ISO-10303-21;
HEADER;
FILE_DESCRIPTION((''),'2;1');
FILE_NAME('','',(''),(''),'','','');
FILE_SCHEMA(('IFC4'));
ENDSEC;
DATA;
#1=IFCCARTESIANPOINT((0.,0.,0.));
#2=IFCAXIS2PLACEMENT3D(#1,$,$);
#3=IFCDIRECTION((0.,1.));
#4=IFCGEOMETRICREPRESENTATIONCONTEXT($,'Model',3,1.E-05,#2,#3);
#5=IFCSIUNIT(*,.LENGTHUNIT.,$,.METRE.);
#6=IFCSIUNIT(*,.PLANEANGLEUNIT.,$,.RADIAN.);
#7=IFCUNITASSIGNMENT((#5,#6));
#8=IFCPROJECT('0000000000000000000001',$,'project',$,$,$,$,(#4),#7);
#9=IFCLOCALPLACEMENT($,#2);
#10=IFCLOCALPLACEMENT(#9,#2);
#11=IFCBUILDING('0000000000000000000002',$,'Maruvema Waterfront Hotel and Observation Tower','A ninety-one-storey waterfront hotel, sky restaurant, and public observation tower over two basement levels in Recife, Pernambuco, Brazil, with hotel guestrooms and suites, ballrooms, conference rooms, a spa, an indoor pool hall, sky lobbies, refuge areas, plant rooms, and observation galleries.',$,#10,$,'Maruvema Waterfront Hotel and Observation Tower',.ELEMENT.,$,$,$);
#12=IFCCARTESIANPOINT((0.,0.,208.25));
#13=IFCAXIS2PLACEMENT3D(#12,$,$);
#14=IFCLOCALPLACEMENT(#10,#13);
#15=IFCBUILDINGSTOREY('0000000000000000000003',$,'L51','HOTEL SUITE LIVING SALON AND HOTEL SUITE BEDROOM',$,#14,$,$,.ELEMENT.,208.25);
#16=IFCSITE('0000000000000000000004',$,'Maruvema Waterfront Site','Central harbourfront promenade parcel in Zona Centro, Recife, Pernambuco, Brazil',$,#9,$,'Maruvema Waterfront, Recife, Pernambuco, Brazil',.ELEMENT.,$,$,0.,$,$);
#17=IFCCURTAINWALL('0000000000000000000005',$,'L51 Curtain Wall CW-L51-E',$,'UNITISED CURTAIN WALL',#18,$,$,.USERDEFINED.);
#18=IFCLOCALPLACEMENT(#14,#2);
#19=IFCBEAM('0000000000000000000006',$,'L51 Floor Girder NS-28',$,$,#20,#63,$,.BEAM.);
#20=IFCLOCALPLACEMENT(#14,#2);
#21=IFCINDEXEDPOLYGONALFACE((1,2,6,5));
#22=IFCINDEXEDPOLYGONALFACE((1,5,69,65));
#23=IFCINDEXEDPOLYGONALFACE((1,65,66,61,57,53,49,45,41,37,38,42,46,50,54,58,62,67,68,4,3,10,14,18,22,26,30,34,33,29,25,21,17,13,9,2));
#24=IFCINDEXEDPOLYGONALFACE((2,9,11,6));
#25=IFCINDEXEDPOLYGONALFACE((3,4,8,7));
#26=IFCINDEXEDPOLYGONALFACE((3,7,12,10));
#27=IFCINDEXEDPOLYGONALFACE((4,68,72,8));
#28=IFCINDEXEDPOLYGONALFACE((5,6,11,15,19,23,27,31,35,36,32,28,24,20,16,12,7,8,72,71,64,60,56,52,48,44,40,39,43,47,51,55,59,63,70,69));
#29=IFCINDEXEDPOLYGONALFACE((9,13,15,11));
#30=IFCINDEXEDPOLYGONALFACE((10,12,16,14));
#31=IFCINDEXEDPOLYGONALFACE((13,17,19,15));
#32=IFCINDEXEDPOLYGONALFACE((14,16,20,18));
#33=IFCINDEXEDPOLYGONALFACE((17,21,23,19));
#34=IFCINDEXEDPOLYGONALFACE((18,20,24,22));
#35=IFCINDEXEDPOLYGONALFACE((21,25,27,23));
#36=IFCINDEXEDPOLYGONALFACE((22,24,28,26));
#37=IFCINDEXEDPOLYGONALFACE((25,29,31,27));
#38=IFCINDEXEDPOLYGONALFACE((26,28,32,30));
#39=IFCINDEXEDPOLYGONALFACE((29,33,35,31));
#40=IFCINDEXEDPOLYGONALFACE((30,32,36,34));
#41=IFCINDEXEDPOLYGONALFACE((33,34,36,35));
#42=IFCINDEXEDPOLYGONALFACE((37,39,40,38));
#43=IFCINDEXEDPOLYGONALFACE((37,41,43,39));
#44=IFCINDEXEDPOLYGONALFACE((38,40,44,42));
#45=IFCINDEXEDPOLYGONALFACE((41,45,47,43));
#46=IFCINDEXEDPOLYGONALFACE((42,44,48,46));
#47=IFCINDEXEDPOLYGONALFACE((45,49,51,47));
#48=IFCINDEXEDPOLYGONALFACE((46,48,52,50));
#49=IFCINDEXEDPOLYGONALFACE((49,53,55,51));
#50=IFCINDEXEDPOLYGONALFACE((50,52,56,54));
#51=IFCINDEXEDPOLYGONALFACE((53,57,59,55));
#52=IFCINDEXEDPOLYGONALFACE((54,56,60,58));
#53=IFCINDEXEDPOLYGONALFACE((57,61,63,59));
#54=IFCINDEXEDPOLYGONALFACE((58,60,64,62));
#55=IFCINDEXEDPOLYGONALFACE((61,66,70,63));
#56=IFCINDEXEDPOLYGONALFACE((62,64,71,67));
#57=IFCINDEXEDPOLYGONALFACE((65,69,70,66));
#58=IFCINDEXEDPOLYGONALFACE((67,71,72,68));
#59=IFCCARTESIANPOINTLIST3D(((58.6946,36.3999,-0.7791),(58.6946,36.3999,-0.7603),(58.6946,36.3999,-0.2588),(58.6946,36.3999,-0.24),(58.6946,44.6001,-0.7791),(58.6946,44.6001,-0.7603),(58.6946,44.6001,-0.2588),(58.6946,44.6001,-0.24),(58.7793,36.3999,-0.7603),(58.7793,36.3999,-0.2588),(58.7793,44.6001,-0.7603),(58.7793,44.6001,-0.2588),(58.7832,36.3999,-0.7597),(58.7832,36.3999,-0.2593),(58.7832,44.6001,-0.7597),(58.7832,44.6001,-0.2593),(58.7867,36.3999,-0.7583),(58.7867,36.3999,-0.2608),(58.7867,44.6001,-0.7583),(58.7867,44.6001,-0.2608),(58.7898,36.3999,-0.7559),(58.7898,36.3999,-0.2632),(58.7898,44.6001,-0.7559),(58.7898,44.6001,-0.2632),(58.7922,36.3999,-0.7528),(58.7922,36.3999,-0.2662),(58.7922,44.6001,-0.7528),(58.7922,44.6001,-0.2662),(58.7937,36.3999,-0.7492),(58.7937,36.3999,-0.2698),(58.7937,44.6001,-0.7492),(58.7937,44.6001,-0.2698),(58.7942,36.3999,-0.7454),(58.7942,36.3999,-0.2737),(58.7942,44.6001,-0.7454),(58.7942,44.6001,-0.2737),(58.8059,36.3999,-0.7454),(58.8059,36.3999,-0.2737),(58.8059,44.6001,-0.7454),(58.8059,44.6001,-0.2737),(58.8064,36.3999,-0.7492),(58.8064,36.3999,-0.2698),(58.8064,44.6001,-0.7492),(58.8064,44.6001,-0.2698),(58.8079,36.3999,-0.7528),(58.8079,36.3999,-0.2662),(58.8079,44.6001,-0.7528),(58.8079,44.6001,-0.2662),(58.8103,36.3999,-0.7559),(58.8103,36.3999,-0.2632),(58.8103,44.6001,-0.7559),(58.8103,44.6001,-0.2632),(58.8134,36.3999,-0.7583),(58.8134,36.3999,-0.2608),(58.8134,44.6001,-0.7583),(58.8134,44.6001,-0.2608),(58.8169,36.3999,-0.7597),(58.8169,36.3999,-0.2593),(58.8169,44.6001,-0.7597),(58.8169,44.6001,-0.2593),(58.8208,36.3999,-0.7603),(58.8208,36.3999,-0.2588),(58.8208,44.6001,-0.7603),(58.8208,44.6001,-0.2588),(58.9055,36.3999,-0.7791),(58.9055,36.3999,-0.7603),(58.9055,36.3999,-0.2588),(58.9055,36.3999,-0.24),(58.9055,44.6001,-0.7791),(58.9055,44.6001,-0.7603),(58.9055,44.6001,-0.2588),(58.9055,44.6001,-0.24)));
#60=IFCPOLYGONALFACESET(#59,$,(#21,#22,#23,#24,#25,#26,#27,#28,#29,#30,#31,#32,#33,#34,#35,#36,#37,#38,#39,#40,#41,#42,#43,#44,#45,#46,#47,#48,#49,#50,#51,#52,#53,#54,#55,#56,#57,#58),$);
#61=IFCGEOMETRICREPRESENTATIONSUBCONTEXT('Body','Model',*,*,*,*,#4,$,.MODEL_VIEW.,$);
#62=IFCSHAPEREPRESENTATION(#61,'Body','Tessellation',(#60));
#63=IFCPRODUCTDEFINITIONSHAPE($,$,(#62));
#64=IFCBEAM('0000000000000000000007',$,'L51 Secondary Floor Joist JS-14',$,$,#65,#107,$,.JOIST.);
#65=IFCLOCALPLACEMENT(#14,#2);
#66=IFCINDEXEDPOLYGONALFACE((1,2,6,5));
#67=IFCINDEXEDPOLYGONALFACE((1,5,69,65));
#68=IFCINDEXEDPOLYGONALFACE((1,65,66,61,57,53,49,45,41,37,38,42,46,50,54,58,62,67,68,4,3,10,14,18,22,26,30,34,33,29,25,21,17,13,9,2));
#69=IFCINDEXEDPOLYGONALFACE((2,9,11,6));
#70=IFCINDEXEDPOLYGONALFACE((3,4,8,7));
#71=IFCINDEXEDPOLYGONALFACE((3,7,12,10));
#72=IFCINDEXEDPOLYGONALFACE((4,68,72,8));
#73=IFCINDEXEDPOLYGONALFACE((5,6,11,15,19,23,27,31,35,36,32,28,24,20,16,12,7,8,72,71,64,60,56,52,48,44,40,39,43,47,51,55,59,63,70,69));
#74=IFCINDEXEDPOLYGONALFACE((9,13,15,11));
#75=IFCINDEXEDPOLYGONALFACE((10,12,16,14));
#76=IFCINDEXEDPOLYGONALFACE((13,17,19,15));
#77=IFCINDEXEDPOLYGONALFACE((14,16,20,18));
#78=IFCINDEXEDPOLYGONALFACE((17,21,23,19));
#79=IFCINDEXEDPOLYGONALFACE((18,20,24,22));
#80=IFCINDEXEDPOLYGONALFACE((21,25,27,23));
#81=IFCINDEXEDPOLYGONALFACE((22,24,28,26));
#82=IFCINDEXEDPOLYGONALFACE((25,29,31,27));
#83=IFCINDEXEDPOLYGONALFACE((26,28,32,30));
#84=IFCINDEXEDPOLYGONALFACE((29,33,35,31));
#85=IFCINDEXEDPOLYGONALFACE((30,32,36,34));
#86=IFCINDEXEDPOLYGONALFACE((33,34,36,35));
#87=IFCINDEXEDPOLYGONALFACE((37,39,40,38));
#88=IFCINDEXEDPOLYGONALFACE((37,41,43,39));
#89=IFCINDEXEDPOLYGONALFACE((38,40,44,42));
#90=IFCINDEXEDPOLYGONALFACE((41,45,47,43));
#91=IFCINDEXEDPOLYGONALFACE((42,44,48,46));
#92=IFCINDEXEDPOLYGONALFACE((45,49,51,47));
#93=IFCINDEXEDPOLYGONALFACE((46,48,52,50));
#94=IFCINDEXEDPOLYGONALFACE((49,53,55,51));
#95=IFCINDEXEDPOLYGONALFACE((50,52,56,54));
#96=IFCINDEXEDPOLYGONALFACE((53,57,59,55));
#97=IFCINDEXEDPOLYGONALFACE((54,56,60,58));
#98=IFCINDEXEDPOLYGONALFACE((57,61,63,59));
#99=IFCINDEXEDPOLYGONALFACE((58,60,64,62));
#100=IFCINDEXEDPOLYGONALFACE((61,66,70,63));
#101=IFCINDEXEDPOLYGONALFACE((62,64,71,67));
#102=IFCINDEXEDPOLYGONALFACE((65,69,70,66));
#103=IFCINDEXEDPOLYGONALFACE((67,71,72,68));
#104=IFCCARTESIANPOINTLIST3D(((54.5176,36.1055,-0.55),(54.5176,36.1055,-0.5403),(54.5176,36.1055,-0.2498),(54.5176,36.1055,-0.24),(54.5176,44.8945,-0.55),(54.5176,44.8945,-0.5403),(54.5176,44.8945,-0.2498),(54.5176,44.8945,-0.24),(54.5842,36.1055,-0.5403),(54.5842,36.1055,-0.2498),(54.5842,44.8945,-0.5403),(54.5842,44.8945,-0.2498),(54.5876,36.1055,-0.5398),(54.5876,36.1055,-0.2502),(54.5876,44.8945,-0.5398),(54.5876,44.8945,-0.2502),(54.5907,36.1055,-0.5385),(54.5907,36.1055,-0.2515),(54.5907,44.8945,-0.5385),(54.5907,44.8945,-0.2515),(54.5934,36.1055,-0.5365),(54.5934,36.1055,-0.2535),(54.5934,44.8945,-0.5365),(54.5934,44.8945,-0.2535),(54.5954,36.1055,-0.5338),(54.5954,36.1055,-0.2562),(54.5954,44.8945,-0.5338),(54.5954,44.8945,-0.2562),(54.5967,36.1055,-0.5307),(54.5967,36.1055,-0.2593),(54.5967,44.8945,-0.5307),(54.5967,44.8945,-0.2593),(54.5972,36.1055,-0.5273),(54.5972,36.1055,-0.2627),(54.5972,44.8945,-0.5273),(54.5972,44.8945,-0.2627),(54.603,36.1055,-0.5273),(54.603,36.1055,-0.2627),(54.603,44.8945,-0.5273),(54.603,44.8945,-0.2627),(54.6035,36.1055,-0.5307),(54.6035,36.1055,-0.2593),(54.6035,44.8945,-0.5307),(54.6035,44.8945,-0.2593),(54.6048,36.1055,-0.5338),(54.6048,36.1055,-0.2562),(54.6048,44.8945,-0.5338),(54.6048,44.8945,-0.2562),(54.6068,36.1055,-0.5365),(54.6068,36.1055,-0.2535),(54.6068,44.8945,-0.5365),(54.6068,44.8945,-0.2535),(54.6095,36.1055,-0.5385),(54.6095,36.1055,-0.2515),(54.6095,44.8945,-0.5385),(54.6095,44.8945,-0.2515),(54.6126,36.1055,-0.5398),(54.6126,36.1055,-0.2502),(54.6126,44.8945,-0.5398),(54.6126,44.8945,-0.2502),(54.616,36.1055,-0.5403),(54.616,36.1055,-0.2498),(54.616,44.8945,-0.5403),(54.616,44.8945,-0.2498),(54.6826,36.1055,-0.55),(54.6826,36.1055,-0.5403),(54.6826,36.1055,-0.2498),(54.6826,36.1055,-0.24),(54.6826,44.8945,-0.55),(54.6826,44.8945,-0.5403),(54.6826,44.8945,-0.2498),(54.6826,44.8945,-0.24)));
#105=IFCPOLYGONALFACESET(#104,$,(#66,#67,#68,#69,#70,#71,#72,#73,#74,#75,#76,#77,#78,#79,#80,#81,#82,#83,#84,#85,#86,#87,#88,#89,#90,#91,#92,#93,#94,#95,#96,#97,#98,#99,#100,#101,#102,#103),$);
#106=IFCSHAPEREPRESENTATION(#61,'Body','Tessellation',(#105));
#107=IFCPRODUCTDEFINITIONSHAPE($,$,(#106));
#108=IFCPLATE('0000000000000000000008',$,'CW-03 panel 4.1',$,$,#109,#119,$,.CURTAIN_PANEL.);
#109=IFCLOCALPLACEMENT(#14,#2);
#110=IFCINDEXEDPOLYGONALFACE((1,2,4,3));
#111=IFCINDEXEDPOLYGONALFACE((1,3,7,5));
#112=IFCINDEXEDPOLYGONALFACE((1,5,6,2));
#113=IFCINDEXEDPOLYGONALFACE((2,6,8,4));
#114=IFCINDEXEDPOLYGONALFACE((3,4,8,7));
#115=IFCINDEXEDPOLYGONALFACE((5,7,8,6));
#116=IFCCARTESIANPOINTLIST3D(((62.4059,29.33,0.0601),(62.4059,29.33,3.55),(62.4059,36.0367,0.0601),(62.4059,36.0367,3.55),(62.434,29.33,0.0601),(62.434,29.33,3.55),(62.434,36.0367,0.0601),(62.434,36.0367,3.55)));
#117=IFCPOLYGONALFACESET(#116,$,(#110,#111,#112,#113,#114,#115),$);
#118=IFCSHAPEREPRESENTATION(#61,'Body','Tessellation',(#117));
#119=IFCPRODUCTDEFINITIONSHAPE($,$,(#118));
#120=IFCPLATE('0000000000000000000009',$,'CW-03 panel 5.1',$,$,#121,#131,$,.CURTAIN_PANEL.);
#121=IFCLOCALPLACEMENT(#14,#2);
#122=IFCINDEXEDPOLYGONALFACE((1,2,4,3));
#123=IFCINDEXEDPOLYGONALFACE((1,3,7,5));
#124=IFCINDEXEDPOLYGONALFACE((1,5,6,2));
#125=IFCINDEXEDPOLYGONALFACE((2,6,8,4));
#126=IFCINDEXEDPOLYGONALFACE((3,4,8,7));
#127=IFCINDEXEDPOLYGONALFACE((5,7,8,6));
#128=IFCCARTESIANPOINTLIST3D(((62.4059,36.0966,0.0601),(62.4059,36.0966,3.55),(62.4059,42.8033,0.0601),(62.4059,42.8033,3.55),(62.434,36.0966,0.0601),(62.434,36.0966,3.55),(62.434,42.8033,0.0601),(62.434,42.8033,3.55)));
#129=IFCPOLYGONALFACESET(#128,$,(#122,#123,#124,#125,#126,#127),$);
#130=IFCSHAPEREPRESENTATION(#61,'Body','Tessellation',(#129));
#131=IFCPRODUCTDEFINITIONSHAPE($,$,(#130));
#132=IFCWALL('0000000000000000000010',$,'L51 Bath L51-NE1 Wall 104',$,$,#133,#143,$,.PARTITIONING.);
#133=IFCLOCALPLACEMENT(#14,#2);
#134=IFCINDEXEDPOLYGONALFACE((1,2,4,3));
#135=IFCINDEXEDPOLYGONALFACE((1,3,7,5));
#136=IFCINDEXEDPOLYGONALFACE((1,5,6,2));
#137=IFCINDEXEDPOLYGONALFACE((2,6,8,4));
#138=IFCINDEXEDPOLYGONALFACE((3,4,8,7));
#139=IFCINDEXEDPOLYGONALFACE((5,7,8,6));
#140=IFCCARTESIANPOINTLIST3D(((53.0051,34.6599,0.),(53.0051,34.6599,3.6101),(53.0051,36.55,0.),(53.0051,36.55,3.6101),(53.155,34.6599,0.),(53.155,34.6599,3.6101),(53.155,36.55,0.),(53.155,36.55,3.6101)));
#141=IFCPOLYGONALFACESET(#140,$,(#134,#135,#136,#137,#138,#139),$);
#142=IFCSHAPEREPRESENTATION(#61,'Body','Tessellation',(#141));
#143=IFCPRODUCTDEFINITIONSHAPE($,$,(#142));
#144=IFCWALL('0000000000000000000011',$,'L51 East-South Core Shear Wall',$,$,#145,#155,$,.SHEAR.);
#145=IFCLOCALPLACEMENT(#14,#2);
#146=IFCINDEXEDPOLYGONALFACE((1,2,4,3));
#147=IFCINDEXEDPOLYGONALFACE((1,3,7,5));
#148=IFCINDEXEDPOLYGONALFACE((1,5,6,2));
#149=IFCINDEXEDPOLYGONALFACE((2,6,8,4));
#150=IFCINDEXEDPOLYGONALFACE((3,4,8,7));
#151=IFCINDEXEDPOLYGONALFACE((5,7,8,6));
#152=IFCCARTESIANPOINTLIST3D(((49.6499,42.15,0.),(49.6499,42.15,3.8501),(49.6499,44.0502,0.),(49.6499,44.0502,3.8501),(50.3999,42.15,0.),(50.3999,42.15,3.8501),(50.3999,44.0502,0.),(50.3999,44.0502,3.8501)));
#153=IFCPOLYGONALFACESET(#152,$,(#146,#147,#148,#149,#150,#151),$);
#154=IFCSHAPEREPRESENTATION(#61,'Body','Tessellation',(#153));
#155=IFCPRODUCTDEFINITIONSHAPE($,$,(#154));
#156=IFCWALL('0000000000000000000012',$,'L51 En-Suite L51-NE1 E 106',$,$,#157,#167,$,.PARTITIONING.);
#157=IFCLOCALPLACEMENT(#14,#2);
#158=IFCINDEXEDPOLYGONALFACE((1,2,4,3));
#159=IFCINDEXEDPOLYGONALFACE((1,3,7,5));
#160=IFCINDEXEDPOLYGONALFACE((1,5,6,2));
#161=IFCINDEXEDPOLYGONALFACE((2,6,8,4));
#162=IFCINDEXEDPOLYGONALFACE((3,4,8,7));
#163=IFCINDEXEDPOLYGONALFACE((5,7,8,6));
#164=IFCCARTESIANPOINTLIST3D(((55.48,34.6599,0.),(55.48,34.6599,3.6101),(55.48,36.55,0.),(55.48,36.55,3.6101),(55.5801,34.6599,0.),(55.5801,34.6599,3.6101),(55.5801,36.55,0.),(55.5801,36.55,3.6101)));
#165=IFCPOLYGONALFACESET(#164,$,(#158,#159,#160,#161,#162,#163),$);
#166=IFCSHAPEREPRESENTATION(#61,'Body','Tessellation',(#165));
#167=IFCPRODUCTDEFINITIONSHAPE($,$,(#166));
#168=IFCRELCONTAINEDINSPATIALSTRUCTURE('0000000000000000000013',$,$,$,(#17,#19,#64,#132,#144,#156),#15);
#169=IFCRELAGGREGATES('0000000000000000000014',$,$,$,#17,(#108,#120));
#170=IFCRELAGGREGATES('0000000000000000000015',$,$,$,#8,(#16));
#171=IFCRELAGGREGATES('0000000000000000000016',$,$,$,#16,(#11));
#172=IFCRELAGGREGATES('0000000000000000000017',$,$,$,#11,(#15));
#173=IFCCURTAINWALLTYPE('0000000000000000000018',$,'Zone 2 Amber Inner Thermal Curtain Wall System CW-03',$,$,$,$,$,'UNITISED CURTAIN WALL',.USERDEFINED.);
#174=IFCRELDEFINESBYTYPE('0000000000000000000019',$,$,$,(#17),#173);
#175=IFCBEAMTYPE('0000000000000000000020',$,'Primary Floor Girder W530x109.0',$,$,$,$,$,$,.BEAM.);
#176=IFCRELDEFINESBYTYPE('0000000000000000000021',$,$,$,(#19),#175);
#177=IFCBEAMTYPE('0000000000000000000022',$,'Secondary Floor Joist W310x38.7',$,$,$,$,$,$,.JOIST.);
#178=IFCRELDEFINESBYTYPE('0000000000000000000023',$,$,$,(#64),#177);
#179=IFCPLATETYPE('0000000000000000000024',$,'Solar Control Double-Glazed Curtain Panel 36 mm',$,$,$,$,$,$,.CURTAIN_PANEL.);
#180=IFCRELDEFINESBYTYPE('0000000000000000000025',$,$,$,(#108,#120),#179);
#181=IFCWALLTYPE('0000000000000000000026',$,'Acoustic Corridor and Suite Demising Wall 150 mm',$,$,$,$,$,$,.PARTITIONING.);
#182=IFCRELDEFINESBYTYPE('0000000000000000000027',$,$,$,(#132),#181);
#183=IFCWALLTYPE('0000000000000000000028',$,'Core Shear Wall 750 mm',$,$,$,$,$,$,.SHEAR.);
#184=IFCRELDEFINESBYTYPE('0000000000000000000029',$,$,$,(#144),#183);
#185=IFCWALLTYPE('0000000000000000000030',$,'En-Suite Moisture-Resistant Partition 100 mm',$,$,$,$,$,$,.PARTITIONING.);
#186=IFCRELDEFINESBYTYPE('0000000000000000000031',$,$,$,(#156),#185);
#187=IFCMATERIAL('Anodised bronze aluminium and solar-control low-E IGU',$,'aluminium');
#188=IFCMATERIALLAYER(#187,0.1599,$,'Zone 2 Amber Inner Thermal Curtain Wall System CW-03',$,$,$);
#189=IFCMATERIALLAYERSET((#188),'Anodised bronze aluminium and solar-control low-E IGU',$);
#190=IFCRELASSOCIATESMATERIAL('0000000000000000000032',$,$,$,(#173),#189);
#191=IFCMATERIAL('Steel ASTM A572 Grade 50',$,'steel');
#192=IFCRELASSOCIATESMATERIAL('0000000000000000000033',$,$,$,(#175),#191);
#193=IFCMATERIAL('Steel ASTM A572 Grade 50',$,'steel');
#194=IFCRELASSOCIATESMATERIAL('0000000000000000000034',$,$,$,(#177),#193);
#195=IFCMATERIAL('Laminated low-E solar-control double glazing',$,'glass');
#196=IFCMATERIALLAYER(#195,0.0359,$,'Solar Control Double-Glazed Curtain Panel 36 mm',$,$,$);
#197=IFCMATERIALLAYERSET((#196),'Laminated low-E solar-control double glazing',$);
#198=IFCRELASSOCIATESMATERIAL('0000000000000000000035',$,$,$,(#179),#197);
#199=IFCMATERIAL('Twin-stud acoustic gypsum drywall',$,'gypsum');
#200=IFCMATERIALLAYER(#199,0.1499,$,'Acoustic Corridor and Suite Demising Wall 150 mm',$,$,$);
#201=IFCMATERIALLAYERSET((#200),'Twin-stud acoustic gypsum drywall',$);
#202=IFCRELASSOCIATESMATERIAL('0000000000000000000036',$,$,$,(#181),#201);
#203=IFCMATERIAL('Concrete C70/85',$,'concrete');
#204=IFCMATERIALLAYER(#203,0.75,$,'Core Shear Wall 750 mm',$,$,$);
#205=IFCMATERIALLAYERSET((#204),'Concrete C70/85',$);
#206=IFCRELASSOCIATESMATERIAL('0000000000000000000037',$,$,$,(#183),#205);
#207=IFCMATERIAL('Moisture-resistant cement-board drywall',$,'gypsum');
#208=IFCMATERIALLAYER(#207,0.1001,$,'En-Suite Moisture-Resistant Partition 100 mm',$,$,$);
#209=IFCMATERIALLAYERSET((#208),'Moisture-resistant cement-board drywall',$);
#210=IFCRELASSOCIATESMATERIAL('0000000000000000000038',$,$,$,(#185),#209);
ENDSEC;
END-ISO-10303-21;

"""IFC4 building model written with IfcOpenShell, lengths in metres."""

from ifc_helpers import new_model, si_unit, direction, frame, frame_2d, origin, origin_2d, place, context, subcontext, project, spatial, rectangle, i_section, extrude, material, layer, layer_set, material_profile, profile_set, type_object, element, aggregate, save


model = new_model("IFC4")

# Units and contexts
model_context = context("Model", 3, precision=1e-05, world=origin(), true_north=direction((0.0, 1.0)))
body_context = subcontext(model_context, "Body", "Model", "MODEL_VIEW")
ifc_project = project(units=[si_unit("LENGTHUNIT", "METRE"), si_unit("PLANEANGLEUNIT", "RADIAN")], contexts=[model_context])

# Site, building, storey
site_placement = place(None, origin())
site = spatial("IfcSite", under=ifc_project, at=site_placement, Name="Maruvema Waterfront Site", Description="Central harbourfront promenade parcel in Zona Centro, Recife, Pernambuco, Brazil", LongName="Maruvema Waterfront, Recife, Pernambuco, Brazil", CompositionType="ELEMENT", RefElevation=0.0)
building_placement = place(site_placement, origin())
building = spatial("IfcBuilding", under=site, at=building_placement, Name="Maruvema Waterfront Hotel and Observation Tower", Description="A ninety-one-storey waterfront hotel, sky restaurant, and public observation tower over two basement levels in Recife, Pernambuco, Brazil, with hotel guestrooms and suites, ballrooms, conference rooms, a spa, an indoor pool hall, sky lobbies, refuge areas, plant rooms, and observation galleries.", LongName="Maruvema Waterfront Hotel and Observation Tower", CompositionType="ELEMENT")
storey_placement = place(building_placement, frame((0.0, 0.0, 208.25)))
storey = spatial("IfcBuildingStorey", under=building, at=storey_placement, Name="L51", Description="HOTEL SUITE LIVING SALON AND HOTEL SUITE BEDROOM", CompositionType="ELEMENT", Elevation=208.25)

# Curtain wall
ifc_material_1 = material(Name="Anodised bronze aluminium and solar-control low-E IGU", Category="aluminium")
ifc_layer_1 = layer(ifc_material_1, 0.1599, Name="Zone 2 Amber Inner Thermal Curtain Wall System CW-03")
ifc_layer_set_1 = layer_set([ifc_layer_1], Name="Anodised bronze aluminium and solar-control low-E IGU")
curtain_wall_type = type_object("IfcCurtainWallType", Name="Zone 2 Amber Inner Thermal Curtain Wall System CW-03", ElementType="UNITISED CURTAIN WALL", PredefinedType="USERDEFINED", material=ifc_layer_set_1)
curtain_wall_placement = place(storey_placement, origin())
curtain_wall = element("IfcCurtainWall", 1, at=curtain_wall_placement, inside=storey, type_object=curtain_wall_type, Name="L51 Curtain Wall CW-L51-E", ObjectType="UNITISED CURTAIN WALL", PredefinedType="USERDEFINED")

# Beams
ifc_material_2 = material(Name="Steel ASTM A572 Grade 50", Category="steel")
ifc_material_profile_1 = material_profile(ifc_material_2, i_section(OverallWidth=0.2109, OverallDepth=0.5391, WebThickness=0.0117, FlangeThickness=0.0188, FilletRadius=0.0149, at=origin_2d()), Name="W530x109.0")
ifc_profile_set_1 = profile_set([ifc_material_profile_1], Name="Steel ASTM A572 Grade 50")
beam_type_1 = type_object("IfcBeamType", Name="Primary Floor Girder W530x109.0", PredefinedType="BEAM", material=ifc_profile_set_1)
beam_1_placement = place(storey_placement, frame((58.8, 36.3999, -0.5095), z_axis=(0.0, 1.0, 0.0), x_axis=(-1.0, 0.0, 0.0)))
element("IfcBeam", 2, at=beam_1_placement, inside=storey, type_object=beam_type_1, Name="L51 Floor Girder NS-28", PredefinedType="BEAM", context=body_context, shape_type="SweptSolid", body=[
    extrude(i_section(OverallWidth=0.2109, OverallDepth=0.5391, WebThickness=0.0117, FlangeThickness=0.0188, FilletRadius=0.0149, at=origin_2d()), origin(), (0.0, 0.0, 1.0), 8.2002),
])
ifc_material_3 = material(Name="Steel ASTM A572 Grade 50", Category="steel")
ifc_material_profile_2 = material_profile(ifc_material_3, i_section(OverallWidth=0.165, OverallDepth=0.3101, WebThickness=0.0059, FlangeThickness=0.0098, FilletRadius=0.0129, at=origin_2d()), Name="W310x38.7")
ifc_profile_set_2 = profile_set([ifc_material_profile_2], Name="Steel ASTM A572 Grade 50")
beam_type_2 = type_object("IfcBeamType", Name="Secondary Floor Joist W310x38.7", PredefinedType="JOIST", material=ifc_profile_set_2)
beam_2_placement = place(storey_placement, frame((54.6001, 36.1055, -0.395), z_axis=(0.0, 1.0, 0.0), x_axis=(-1.0, 0.0, 0.0)))
element("IfcBeam", 3, at=beam_2_placement, inside=storey, type_object=beam_type_2, Name="L51 Secondary Floor Joist JS-14", PredefinedType="JOIST", context=body_context, shape_type="SweptSolid", body=[
    extrude(i_section(OverallWidth=0.165, OverallDepth=0.3101, WebThickness=0.0059, FlangeThickness=0.0098, FilletRadius=0.0129, at=origin_2d()), origin(), (0.0, 0.0, 1.0), 8.7891),
])

# Plates
ifc_material_4 = material(Name="Laminated low-E solar-control double glazing", Category="glass")
ifc_layer_2 = layer(ifc_material_4, 0.0359, Name="Solar Control Double-Glazed Curtain Panel 36 mm")
ifc_layer_set_2 = layer_set([ifc_layer_2], Name="Laminated low-E solar-control double glazing")
plate_type = type_object("IfcPlateType", Name="Solar Control Double-Glazed Curtain Panel 36 mm", PredefinedType="CURTAIN_PANEL", material=ifc_layer_set_2)
plate_1_placement = place(storey_placement, frame((62.4199, 32.6833, 0.0601), z_axis=(0.0, 0.0, 1.0), x_axis=(0.0, 1.0, 0.0)))
plate_1 = element("IfcPlate", 4, at=plate_1_placement, type_object=plate_type, Name="CW-03 panel 4.1", PredefinedType="CURTAIN_PANEL", context=body_context, shape_type="SweptSolid", body=[
    extrude(rectangle(XDim=6.7068, YDim=0.0281, at=origin_2d()), origin(), (0.0, 0.0, 1.0), 3.49),
])
plate_2_placement = place(storey_placement, frame((62.4199, 39.45, 0.0601), z_axis=(0.0, 0.0, 1.0), x_axis=(0.0, 1.0, 0.0)))
plate_2 = element("IfcPlate", 5, at=plate_2_placement, type_object=plate_type, Name="CW-03 panel 5.1", PredefinedType="CURTAIN_PANEL", context=body_context, shape_type="SweptSolid", body=[
    extrude(rectangle(XDim=6.7068, YDim=0.0281, at=origin_2d()), origin(), (0.0, 0.0, 1.0), 3.49),
])
aggregate(curtain_wall, [plate_1, plate_2])

# Wall
ifc_material_5 = material(Name="Twin-stud acoustic gypsum drywall", Category="gypsum")
ifc_layer_3 = layer(ifc_material_5, 0.1499, Name="Acoustic Corridor and Suite Demising Wall 150 mm")
ifc_layer_set_3 = layer_set([ifc_layer_3], Name="Twin-stud acoustic gypsum drywall")
wall_type_1 = type_object("IfcWallType", Name="Acoustic Corridor and Suite Demising Wall 150 mm", PredefinedType="PARTITIONING", material=ifc_layer_set_3)
wall_1_placement = place(storey_placement, frame((53.0801, 34.6599, 0.0), z_axis=(0.0, 0.0, 1.0), x_axis=(0.0, 1.0, 0.0)))
element("IfcWall", 6, at=wall_1_placement, inside=storey, type_object=wall_type_1, Name="L51 Bath L51-NE1 Wall 104", PredefinedType="PARTITIONING", context=body_context, shape_type="SweptSolid", body=[
    extrude(rectangle(XDim=1.8901, YDim=0.1499, at=frame_2d((0.9451, 0.0))), origin(), (0.0, 0.0, 1.0), 3.6101),
])

# Walls
ifc_material_6 = material(Name="Concrete C70/85", Category="concrete")
ifc_layer_4 = layer(ifc_material_6, 0.75, Name="Core Shear Wall 750 mm")
ifc_layer_set_4 = layer_set([ifc_layer_4], Name="Concrete C70/85")
wall_type_2 = type_object("IfcWallType", Name="Core Shear Wall 750 mm", PredefinedType="SHEAR", material=ifc_layer_set_4)
wall_2_placement = place(storey_placement, frame((50.0249, 42.1499, 0.0), z_axis=(0.0, 0.0, 1.0), x_axis=(0.0, 1.0, 0.0)))
element("IfcWall", 7, at=wall_2_placement, inside=storey, type_object=wall_type_2, Name="L51 East-South Core Shear Wall", PredefinedType="SHEAR", context=body_context, shape_type="SweptSolid", body=[
    extrude(rectangle(XDim=1.9001, YDim=0.75, at=frame_2d((0.9502, 0.0))), origin(), (0.0, 0.0, 1.0), 3.8501),
])
ifc_material_7 = material(Name="Moisture-resistant cement-board drywall", Category="gypsum")
ifc_layer_5 = layer(ifc_material_7, 0.1001, Name="En-Suite Moisture-Resistant Partition 100 mm")
ifc_layer_set_5 = layer_set([ifc_layer_5], Name="Moisture-resistant cement-board drywall")
wall_type_3 = type_object("IfcWallType", Name="En-Suite Moisture-Resistant Partition 100 mm", PredefinedType="PARTITIONING", material=ifc_layer_set_5)
wall_3_placement = place(storey_placement, frame((55.53, 34.6599, 0.0), z_axis=(0.0, 0.0, 1.0), x_axis=(0.0, 1.0, 0.0)))
element("IfcWall", 8, at=wall_3_placement, inside=storey, type_object=wall_type_3, Name="L51 En-Suite L51-NE1 E 106", PredefinedType="PARTITIONING", context=body_context, shape_type="SweptSolid", body=[
    extrude(rectangle(XDim=1.8901, YDim=0.1001, at=frame_2d((0.9451, 0.0))), origin(), (0.0, 0.0, 1.0), 3.6101),
])

save(model, "model.ifc")
